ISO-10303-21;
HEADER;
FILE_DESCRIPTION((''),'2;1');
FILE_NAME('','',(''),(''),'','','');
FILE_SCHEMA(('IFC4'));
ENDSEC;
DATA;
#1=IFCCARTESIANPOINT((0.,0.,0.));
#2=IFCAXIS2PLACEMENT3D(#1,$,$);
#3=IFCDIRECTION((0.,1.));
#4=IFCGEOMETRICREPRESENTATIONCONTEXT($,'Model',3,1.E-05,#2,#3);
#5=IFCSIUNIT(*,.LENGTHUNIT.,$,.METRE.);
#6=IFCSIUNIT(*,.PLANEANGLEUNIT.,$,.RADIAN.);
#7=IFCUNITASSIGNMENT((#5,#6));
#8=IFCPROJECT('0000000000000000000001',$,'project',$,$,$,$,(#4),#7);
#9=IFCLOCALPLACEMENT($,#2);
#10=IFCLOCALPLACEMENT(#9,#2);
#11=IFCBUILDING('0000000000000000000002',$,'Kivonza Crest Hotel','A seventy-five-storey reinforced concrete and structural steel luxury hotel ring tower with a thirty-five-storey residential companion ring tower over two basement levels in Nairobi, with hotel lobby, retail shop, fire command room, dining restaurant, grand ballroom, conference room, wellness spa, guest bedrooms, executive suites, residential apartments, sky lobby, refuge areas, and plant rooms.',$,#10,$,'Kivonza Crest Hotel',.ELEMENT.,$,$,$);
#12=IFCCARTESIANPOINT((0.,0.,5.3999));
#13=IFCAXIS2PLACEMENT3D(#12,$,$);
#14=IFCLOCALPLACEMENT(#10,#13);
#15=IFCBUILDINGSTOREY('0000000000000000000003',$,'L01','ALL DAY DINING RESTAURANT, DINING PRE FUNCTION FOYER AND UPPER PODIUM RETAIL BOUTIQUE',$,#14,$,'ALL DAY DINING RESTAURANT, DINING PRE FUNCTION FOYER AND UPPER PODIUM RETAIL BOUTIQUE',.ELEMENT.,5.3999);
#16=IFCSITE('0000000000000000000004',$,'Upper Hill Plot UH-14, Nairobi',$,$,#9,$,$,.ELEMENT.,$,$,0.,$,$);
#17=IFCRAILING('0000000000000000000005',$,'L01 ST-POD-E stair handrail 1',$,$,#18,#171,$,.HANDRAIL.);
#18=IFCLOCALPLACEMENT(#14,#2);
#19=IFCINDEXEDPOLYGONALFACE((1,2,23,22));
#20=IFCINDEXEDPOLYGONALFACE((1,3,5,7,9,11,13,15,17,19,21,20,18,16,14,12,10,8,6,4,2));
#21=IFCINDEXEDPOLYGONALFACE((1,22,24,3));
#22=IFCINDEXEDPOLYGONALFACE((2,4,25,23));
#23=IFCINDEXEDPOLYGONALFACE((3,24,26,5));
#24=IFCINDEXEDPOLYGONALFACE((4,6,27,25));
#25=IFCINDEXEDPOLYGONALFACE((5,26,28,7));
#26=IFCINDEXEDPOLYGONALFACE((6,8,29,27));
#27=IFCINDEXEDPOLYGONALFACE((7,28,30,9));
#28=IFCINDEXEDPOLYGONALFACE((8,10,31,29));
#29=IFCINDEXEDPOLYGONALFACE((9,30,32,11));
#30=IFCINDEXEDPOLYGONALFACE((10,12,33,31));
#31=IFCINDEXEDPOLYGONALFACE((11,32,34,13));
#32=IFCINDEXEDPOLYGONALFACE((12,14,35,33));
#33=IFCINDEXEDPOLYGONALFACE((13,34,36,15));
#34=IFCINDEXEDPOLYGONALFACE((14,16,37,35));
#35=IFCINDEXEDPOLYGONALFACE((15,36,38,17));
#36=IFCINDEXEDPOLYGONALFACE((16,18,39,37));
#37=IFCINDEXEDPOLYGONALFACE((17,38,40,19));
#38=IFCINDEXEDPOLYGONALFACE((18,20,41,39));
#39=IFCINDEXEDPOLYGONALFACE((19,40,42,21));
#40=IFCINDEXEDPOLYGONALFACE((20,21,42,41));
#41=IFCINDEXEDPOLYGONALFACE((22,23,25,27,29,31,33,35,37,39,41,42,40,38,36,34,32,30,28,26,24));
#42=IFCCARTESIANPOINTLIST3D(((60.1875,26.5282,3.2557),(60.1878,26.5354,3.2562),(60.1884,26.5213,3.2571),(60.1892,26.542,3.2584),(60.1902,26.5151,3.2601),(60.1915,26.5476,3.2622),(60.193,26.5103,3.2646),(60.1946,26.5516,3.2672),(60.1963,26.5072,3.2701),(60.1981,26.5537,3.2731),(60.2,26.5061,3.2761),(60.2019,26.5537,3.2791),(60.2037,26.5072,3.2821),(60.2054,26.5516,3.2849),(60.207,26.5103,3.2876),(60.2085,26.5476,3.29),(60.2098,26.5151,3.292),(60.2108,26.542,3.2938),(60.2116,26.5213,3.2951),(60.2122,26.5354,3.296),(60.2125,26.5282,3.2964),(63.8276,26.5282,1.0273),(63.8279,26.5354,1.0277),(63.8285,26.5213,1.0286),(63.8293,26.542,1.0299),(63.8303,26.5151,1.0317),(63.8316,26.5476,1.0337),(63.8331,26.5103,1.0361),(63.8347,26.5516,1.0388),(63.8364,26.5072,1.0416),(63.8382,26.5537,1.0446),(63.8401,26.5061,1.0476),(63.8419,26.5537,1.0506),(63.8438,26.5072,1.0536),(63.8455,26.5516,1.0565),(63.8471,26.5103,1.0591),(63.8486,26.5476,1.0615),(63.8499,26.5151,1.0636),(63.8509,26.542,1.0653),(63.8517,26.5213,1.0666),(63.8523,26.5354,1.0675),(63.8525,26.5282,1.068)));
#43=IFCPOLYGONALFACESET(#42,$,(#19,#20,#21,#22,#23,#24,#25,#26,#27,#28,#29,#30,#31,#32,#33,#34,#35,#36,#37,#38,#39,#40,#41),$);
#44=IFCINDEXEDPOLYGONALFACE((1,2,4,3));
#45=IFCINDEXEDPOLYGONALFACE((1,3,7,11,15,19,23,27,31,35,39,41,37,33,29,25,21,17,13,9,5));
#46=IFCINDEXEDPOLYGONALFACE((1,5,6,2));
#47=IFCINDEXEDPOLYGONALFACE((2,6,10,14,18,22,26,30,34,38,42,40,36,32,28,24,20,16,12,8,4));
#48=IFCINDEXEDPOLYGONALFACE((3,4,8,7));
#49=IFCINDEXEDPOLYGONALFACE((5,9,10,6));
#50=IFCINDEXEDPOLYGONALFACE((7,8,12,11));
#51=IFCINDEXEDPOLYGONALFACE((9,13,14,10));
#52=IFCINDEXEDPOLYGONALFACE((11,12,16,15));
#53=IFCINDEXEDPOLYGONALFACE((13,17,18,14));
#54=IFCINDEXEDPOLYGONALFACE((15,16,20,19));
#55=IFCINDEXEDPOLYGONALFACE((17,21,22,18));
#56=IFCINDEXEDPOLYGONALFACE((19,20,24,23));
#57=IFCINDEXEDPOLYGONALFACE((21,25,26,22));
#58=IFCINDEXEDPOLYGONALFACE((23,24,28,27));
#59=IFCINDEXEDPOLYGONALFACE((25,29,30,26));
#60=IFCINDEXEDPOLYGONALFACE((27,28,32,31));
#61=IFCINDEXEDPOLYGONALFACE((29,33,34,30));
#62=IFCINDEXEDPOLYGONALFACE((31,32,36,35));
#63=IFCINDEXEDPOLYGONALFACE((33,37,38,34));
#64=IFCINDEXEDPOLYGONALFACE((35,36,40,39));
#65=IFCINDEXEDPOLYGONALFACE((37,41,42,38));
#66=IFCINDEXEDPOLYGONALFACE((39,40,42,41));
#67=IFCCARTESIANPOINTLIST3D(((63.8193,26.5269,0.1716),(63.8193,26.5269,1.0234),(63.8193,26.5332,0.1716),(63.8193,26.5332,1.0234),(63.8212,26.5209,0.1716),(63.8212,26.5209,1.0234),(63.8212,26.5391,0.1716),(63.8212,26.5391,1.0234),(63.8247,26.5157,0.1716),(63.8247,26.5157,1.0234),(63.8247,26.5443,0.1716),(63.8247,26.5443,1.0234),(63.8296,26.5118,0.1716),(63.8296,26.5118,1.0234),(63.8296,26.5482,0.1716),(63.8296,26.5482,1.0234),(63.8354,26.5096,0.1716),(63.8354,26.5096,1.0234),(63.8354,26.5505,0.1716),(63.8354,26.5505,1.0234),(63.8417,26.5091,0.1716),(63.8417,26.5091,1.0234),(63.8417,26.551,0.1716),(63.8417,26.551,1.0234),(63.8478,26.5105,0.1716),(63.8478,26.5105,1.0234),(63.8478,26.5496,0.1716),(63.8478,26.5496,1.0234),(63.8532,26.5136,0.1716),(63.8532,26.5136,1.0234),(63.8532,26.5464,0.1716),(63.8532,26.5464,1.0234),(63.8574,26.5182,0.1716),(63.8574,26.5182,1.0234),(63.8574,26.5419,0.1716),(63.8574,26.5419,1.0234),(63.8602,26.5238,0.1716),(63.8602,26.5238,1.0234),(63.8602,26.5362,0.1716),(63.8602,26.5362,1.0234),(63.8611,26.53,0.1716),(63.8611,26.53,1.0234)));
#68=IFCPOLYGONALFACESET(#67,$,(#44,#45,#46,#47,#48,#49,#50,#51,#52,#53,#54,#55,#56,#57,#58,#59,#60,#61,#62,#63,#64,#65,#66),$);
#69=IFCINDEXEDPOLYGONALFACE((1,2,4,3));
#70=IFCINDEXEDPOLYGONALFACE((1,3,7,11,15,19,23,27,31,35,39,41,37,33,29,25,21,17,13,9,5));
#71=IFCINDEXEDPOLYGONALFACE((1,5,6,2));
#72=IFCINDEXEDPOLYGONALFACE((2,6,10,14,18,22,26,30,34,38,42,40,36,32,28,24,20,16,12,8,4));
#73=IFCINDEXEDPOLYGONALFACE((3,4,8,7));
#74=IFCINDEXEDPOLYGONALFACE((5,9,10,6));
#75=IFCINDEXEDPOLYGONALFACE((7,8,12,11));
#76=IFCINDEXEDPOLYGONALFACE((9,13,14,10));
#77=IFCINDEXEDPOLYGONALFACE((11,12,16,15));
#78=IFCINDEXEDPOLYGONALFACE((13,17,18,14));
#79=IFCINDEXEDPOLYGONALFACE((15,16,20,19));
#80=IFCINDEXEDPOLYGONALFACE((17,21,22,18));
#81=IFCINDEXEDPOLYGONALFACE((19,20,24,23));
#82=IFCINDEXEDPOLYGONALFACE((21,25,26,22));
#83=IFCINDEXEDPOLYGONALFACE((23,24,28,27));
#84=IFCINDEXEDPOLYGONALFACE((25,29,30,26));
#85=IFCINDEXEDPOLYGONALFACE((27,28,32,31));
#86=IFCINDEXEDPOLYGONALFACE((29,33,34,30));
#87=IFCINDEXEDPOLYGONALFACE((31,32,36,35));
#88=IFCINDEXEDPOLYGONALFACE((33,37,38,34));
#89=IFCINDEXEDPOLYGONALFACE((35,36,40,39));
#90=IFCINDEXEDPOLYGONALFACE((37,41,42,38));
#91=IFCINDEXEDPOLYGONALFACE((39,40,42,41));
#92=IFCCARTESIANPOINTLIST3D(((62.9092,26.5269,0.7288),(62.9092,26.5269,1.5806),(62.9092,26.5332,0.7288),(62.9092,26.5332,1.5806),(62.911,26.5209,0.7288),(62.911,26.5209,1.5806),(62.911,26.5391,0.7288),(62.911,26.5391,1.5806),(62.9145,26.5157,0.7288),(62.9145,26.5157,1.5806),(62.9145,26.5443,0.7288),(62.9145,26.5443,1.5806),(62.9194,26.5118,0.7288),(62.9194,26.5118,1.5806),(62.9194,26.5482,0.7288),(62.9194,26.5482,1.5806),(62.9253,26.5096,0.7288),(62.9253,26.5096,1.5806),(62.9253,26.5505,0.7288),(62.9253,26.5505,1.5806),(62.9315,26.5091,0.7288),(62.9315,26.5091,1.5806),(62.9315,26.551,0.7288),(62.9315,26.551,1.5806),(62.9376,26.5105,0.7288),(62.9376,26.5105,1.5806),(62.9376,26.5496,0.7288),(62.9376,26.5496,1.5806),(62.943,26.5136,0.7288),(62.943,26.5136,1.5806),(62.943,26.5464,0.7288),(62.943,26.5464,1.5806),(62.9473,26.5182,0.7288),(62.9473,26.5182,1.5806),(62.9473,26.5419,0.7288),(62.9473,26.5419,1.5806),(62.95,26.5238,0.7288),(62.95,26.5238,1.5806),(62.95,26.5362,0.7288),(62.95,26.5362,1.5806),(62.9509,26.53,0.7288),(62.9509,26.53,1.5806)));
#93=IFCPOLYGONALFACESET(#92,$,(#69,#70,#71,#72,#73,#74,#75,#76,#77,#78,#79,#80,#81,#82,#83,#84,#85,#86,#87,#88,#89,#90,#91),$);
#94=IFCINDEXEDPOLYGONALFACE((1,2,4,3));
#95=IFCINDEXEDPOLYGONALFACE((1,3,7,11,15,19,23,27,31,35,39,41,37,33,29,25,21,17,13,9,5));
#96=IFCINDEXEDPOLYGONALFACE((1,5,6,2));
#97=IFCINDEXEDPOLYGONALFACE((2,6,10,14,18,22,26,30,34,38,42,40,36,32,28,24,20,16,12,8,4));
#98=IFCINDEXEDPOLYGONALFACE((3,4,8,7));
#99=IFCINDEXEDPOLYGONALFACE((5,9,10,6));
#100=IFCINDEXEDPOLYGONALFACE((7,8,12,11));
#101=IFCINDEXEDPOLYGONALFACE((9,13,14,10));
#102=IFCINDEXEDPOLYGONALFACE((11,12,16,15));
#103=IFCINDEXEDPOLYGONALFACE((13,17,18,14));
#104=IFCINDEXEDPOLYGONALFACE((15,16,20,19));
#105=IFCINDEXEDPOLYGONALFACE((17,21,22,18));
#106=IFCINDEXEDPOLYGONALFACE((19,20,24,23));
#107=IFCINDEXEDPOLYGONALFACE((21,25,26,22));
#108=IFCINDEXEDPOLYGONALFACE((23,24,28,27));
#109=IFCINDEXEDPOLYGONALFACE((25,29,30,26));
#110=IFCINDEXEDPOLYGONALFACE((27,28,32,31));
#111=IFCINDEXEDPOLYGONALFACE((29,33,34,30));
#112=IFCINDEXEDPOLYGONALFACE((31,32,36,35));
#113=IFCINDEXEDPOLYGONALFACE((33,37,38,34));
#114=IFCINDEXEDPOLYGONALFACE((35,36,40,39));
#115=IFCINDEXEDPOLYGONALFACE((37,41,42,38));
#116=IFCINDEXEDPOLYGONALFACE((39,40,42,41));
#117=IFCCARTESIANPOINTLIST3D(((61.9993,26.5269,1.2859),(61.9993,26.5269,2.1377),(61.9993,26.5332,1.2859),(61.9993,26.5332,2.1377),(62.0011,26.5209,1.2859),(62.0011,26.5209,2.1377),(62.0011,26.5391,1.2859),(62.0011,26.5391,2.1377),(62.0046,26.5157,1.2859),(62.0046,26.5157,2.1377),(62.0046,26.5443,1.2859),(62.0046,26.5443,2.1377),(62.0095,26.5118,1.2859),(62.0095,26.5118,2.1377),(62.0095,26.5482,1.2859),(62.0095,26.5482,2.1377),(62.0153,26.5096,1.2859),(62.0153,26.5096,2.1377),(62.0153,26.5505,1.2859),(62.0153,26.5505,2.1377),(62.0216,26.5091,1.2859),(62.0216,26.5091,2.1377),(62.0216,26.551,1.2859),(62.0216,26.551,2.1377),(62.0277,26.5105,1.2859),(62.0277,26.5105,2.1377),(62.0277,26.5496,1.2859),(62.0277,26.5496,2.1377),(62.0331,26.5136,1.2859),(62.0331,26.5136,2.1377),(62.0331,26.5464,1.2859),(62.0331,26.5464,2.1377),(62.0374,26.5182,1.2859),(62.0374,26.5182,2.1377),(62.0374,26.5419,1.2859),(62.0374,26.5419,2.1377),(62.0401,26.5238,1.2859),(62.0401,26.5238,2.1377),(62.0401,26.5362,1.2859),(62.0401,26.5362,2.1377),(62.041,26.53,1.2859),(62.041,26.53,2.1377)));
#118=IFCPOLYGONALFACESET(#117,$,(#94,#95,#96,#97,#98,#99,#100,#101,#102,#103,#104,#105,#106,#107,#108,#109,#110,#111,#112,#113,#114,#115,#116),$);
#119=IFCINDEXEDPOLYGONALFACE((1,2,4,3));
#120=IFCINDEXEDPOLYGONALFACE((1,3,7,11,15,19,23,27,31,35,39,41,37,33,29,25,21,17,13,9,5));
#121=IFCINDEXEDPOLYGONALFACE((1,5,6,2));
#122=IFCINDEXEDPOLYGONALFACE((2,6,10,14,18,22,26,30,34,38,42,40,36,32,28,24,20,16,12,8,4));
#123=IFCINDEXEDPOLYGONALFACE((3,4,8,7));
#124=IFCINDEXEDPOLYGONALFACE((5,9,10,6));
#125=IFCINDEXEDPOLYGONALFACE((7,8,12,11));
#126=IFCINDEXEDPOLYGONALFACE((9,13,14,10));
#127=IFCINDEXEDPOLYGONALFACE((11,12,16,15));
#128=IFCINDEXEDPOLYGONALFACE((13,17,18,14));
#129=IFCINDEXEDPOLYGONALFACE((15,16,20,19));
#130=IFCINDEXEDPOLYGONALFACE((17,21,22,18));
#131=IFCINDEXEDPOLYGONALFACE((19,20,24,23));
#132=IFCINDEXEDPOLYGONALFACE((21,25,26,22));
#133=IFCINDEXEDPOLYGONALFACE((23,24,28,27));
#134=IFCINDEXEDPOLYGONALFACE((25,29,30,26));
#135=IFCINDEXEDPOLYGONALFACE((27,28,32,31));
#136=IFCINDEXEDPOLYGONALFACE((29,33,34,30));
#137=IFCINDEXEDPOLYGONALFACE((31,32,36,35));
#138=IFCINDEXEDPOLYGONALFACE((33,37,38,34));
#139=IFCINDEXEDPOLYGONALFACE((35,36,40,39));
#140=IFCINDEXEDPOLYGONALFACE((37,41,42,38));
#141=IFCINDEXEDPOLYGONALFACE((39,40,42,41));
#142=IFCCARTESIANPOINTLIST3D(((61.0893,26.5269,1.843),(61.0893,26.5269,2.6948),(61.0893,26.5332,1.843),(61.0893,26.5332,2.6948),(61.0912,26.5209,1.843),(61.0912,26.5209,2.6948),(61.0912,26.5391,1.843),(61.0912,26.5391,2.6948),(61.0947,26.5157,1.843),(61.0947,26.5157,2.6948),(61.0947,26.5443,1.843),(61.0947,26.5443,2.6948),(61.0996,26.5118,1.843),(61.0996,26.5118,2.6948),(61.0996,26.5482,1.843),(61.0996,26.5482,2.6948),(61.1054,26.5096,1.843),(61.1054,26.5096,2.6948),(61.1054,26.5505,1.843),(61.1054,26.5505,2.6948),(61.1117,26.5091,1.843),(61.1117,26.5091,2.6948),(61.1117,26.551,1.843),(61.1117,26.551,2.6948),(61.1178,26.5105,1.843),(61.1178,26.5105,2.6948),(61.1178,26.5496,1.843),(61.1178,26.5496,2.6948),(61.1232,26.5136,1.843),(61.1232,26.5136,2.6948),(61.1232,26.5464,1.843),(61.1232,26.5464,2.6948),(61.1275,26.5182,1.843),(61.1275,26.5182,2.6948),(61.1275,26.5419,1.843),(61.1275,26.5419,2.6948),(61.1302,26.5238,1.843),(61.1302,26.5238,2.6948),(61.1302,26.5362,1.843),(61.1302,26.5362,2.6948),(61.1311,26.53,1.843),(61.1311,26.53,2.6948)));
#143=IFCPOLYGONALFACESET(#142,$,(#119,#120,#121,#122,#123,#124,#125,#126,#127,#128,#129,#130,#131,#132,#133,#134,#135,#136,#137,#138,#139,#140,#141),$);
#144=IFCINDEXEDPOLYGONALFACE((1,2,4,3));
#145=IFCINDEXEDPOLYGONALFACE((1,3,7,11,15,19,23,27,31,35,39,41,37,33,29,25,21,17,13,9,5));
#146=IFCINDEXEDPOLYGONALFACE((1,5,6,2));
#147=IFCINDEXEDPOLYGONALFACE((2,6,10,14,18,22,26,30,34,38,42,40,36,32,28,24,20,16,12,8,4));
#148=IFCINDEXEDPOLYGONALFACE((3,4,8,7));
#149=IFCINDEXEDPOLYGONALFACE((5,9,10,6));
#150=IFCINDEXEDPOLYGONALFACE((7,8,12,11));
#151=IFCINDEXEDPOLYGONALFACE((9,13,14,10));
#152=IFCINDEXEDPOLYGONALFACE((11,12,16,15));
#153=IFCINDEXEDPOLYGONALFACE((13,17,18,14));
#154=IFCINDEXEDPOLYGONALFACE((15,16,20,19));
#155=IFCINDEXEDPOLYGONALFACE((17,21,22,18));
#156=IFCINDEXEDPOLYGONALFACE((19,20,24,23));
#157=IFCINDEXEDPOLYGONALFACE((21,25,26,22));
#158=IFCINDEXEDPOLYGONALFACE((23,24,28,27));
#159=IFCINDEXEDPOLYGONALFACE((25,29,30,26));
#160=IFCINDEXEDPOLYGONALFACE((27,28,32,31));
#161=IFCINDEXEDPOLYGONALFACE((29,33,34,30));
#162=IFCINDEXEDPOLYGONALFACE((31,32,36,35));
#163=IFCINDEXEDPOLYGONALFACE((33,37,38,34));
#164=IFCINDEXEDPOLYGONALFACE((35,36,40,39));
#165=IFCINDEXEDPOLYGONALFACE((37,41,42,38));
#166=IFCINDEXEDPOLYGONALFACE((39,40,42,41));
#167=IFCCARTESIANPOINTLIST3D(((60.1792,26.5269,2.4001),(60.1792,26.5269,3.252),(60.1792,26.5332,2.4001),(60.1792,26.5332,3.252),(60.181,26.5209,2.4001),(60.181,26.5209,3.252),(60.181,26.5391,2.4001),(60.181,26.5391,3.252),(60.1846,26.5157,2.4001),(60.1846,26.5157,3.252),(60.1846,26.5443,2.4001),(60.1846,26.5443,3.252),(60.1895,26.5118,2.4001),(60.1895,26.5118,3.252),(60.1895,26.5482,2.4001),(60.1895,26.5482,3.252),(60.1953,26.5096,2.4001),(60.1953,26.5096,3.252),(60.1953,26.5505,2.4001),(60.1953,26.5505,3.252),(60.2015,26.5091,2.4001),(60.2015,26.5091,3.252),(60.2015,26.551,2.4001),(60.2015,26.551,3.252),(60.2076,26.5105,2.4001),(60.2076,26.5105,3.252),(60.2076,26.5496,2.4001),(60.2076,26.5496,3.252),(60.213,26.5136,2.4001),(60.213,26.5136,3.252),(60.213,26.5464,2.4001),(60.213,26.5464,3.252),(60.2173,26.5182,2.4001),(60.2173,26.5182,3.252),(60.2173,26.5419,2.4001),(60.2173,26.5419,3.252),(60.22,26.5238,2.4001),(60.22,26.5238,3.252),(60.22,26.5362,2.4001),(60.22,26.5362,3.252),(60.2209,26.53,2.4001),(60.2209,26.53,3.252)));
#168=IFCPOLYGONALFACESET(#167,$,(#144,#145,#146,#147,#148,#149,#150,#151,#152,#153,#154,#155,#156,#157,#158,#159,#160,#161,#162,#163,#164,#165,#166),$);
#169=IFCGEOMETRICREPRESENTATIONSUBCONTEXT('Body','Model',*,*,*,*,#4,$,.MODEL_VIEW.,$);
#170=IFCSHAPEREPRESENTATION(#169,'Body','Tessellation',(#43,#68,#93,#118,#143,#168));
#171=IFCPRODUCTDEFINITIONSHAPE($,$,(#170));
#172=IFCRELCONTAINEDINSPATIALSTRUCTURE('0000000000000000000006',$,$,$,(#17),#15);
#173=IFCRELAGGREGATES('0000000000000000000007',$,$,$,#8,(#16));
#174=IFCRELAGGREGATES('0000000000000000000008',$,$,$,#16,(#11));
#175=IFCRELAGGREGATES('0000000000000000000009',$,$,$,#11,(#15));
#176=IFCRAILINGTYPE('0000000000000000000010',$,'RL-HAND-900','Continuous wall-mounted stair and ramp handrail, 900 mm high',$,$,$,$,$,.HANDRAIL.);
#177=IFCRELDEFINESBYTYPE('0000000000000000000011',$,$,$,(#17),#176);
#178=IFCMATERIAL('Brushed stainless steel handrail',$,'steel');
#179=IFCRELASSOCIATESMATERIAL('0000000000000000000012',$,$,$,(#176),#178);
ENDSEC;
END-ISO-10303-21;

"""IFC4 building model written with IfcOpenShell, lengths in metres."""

from ifc_helpers import new_model, si_unit, direction, frame, origin, origin_2d, place, context, subcontext, project, spatial, circle, extrude, material, type_object, element, save


model = new_model("IFC4")

# Units and contexts
model_context = context("Model", 3, precision=1e-05, world=origin(), true_north=direction((0.0, 1.0)))
body_context = subcontext(model_context, "Body", "Model", "MODEL_VIEW")
ifc_project = project(units=[si_unit("LENGTHUNIT", "METRE"), si_unit("PLANEANGLEUNIT", "RADIAN")], contexts=[model_context])

# Site, building, storey
site_placement = place(None, origin())
site = spatial("IfcSite", under=ifc_project, at=site_placement, Name="Upper Hill Plot UH-14, Nairobi", CompositionType="ELEMENT", RefElevation=0.0)
building_placement = place(site_placement, origin())
building = spatial("IfcBuilding", under=site, at=building_placement, Name="Kivonza Crest Hotel", Description="A seventy-five-storey reinforced concrete and structural steel luxury hotel ring tower with a thirty-five-storey residential companion ring tower over two basement levels in Nairobi, with hotel lobby, retail shop, fire command room, dining restaurant, grand ballroom, conference room, wellness spa, guest bedrooms, executive suites, residential apartments, sky lobby, refuge areas, and plant rooms.", LongName="Kivonza Crest Hotel", CompositionType="ELEMENT")
storey_placement = place(building_placement, frame((0.0, 0.0, 5.3999)))
storey = spatial("IfcBuildingStorey", under=building, at=storey_placement, Name="L01", Description="ALL DAY DINING RESTAURANT, DINING PRE FUNCTION FOYER AND UPPER PODIUM RETAIL BOUTIQUE", LongName="ALL DAY DINING RESTAURANT, DINING PRE FUNCTION FOYER AND UPPER PODIUM RETAIL BOUTIQUE", CompositionType="ELEMENT", Elevation=5.3999)

# Railing
ifc_material_1 = material(Name="Brushed stainless steel handrail", Category="steel")
railing_type_1 = type_object("IfcRailingType", Name="RL-HAND-900", Description="Continuous wall-mounted stair and ramp handrail, 900 mm high", PredefinedType="HANDRAIL", material=ifc_material_1)
railing_1_placement = place(storey_placement, frame((63.8401, 26.53, 0.1716)))
element("IfcRailing", 1, at=railing_1_placement, inside=storey, type_object=railing_type_1, Name="L01 ST-POD-E stair handrail 1", PredefinedType="HANDRAIL", context=body_context, shape_type="SweptSolid", body=[
    extrude(circle(Radius=0.0239, at=origin_2d()), frame((0.0, 0.0, 0.876), z_axis=(-0.852866, 0.0, 0.52213), x_axis=(0.0, -1.0, 0.0)), (0.0, 0.0, 1.0), 4.2681),
    extrude(circle(Radius=0.021, at=origin_2d()), origin(), (0.0, 0.0, 1.0), 0.8518),
    extrude(circle(Radius=0.021, at=origin_2d()), frame((-0.9102, 0.0, 0.5571)), (0.0, 0.0, 1.0), 0.8518),
    extrude(circle(Radius=0.021, at=origin_2d()), frame((-1.8201, 0.0, 1.1143)), (0.0, 0.0, 1.0), 0.8518),
    extrude(circle(Radius=0.021, at=origin_2d()), frame((-2.73, 0.0, 1.6714)), (0.0, 0.0, 1.0), 0.8518),
    extrude(circle(Radius=0.021, at=origin_2d()), frame((-3.6401, 0.0, 2.2285)), (0.0, 0.0, 1.0), 0.8518),
])

save(model, "model.ifc")
